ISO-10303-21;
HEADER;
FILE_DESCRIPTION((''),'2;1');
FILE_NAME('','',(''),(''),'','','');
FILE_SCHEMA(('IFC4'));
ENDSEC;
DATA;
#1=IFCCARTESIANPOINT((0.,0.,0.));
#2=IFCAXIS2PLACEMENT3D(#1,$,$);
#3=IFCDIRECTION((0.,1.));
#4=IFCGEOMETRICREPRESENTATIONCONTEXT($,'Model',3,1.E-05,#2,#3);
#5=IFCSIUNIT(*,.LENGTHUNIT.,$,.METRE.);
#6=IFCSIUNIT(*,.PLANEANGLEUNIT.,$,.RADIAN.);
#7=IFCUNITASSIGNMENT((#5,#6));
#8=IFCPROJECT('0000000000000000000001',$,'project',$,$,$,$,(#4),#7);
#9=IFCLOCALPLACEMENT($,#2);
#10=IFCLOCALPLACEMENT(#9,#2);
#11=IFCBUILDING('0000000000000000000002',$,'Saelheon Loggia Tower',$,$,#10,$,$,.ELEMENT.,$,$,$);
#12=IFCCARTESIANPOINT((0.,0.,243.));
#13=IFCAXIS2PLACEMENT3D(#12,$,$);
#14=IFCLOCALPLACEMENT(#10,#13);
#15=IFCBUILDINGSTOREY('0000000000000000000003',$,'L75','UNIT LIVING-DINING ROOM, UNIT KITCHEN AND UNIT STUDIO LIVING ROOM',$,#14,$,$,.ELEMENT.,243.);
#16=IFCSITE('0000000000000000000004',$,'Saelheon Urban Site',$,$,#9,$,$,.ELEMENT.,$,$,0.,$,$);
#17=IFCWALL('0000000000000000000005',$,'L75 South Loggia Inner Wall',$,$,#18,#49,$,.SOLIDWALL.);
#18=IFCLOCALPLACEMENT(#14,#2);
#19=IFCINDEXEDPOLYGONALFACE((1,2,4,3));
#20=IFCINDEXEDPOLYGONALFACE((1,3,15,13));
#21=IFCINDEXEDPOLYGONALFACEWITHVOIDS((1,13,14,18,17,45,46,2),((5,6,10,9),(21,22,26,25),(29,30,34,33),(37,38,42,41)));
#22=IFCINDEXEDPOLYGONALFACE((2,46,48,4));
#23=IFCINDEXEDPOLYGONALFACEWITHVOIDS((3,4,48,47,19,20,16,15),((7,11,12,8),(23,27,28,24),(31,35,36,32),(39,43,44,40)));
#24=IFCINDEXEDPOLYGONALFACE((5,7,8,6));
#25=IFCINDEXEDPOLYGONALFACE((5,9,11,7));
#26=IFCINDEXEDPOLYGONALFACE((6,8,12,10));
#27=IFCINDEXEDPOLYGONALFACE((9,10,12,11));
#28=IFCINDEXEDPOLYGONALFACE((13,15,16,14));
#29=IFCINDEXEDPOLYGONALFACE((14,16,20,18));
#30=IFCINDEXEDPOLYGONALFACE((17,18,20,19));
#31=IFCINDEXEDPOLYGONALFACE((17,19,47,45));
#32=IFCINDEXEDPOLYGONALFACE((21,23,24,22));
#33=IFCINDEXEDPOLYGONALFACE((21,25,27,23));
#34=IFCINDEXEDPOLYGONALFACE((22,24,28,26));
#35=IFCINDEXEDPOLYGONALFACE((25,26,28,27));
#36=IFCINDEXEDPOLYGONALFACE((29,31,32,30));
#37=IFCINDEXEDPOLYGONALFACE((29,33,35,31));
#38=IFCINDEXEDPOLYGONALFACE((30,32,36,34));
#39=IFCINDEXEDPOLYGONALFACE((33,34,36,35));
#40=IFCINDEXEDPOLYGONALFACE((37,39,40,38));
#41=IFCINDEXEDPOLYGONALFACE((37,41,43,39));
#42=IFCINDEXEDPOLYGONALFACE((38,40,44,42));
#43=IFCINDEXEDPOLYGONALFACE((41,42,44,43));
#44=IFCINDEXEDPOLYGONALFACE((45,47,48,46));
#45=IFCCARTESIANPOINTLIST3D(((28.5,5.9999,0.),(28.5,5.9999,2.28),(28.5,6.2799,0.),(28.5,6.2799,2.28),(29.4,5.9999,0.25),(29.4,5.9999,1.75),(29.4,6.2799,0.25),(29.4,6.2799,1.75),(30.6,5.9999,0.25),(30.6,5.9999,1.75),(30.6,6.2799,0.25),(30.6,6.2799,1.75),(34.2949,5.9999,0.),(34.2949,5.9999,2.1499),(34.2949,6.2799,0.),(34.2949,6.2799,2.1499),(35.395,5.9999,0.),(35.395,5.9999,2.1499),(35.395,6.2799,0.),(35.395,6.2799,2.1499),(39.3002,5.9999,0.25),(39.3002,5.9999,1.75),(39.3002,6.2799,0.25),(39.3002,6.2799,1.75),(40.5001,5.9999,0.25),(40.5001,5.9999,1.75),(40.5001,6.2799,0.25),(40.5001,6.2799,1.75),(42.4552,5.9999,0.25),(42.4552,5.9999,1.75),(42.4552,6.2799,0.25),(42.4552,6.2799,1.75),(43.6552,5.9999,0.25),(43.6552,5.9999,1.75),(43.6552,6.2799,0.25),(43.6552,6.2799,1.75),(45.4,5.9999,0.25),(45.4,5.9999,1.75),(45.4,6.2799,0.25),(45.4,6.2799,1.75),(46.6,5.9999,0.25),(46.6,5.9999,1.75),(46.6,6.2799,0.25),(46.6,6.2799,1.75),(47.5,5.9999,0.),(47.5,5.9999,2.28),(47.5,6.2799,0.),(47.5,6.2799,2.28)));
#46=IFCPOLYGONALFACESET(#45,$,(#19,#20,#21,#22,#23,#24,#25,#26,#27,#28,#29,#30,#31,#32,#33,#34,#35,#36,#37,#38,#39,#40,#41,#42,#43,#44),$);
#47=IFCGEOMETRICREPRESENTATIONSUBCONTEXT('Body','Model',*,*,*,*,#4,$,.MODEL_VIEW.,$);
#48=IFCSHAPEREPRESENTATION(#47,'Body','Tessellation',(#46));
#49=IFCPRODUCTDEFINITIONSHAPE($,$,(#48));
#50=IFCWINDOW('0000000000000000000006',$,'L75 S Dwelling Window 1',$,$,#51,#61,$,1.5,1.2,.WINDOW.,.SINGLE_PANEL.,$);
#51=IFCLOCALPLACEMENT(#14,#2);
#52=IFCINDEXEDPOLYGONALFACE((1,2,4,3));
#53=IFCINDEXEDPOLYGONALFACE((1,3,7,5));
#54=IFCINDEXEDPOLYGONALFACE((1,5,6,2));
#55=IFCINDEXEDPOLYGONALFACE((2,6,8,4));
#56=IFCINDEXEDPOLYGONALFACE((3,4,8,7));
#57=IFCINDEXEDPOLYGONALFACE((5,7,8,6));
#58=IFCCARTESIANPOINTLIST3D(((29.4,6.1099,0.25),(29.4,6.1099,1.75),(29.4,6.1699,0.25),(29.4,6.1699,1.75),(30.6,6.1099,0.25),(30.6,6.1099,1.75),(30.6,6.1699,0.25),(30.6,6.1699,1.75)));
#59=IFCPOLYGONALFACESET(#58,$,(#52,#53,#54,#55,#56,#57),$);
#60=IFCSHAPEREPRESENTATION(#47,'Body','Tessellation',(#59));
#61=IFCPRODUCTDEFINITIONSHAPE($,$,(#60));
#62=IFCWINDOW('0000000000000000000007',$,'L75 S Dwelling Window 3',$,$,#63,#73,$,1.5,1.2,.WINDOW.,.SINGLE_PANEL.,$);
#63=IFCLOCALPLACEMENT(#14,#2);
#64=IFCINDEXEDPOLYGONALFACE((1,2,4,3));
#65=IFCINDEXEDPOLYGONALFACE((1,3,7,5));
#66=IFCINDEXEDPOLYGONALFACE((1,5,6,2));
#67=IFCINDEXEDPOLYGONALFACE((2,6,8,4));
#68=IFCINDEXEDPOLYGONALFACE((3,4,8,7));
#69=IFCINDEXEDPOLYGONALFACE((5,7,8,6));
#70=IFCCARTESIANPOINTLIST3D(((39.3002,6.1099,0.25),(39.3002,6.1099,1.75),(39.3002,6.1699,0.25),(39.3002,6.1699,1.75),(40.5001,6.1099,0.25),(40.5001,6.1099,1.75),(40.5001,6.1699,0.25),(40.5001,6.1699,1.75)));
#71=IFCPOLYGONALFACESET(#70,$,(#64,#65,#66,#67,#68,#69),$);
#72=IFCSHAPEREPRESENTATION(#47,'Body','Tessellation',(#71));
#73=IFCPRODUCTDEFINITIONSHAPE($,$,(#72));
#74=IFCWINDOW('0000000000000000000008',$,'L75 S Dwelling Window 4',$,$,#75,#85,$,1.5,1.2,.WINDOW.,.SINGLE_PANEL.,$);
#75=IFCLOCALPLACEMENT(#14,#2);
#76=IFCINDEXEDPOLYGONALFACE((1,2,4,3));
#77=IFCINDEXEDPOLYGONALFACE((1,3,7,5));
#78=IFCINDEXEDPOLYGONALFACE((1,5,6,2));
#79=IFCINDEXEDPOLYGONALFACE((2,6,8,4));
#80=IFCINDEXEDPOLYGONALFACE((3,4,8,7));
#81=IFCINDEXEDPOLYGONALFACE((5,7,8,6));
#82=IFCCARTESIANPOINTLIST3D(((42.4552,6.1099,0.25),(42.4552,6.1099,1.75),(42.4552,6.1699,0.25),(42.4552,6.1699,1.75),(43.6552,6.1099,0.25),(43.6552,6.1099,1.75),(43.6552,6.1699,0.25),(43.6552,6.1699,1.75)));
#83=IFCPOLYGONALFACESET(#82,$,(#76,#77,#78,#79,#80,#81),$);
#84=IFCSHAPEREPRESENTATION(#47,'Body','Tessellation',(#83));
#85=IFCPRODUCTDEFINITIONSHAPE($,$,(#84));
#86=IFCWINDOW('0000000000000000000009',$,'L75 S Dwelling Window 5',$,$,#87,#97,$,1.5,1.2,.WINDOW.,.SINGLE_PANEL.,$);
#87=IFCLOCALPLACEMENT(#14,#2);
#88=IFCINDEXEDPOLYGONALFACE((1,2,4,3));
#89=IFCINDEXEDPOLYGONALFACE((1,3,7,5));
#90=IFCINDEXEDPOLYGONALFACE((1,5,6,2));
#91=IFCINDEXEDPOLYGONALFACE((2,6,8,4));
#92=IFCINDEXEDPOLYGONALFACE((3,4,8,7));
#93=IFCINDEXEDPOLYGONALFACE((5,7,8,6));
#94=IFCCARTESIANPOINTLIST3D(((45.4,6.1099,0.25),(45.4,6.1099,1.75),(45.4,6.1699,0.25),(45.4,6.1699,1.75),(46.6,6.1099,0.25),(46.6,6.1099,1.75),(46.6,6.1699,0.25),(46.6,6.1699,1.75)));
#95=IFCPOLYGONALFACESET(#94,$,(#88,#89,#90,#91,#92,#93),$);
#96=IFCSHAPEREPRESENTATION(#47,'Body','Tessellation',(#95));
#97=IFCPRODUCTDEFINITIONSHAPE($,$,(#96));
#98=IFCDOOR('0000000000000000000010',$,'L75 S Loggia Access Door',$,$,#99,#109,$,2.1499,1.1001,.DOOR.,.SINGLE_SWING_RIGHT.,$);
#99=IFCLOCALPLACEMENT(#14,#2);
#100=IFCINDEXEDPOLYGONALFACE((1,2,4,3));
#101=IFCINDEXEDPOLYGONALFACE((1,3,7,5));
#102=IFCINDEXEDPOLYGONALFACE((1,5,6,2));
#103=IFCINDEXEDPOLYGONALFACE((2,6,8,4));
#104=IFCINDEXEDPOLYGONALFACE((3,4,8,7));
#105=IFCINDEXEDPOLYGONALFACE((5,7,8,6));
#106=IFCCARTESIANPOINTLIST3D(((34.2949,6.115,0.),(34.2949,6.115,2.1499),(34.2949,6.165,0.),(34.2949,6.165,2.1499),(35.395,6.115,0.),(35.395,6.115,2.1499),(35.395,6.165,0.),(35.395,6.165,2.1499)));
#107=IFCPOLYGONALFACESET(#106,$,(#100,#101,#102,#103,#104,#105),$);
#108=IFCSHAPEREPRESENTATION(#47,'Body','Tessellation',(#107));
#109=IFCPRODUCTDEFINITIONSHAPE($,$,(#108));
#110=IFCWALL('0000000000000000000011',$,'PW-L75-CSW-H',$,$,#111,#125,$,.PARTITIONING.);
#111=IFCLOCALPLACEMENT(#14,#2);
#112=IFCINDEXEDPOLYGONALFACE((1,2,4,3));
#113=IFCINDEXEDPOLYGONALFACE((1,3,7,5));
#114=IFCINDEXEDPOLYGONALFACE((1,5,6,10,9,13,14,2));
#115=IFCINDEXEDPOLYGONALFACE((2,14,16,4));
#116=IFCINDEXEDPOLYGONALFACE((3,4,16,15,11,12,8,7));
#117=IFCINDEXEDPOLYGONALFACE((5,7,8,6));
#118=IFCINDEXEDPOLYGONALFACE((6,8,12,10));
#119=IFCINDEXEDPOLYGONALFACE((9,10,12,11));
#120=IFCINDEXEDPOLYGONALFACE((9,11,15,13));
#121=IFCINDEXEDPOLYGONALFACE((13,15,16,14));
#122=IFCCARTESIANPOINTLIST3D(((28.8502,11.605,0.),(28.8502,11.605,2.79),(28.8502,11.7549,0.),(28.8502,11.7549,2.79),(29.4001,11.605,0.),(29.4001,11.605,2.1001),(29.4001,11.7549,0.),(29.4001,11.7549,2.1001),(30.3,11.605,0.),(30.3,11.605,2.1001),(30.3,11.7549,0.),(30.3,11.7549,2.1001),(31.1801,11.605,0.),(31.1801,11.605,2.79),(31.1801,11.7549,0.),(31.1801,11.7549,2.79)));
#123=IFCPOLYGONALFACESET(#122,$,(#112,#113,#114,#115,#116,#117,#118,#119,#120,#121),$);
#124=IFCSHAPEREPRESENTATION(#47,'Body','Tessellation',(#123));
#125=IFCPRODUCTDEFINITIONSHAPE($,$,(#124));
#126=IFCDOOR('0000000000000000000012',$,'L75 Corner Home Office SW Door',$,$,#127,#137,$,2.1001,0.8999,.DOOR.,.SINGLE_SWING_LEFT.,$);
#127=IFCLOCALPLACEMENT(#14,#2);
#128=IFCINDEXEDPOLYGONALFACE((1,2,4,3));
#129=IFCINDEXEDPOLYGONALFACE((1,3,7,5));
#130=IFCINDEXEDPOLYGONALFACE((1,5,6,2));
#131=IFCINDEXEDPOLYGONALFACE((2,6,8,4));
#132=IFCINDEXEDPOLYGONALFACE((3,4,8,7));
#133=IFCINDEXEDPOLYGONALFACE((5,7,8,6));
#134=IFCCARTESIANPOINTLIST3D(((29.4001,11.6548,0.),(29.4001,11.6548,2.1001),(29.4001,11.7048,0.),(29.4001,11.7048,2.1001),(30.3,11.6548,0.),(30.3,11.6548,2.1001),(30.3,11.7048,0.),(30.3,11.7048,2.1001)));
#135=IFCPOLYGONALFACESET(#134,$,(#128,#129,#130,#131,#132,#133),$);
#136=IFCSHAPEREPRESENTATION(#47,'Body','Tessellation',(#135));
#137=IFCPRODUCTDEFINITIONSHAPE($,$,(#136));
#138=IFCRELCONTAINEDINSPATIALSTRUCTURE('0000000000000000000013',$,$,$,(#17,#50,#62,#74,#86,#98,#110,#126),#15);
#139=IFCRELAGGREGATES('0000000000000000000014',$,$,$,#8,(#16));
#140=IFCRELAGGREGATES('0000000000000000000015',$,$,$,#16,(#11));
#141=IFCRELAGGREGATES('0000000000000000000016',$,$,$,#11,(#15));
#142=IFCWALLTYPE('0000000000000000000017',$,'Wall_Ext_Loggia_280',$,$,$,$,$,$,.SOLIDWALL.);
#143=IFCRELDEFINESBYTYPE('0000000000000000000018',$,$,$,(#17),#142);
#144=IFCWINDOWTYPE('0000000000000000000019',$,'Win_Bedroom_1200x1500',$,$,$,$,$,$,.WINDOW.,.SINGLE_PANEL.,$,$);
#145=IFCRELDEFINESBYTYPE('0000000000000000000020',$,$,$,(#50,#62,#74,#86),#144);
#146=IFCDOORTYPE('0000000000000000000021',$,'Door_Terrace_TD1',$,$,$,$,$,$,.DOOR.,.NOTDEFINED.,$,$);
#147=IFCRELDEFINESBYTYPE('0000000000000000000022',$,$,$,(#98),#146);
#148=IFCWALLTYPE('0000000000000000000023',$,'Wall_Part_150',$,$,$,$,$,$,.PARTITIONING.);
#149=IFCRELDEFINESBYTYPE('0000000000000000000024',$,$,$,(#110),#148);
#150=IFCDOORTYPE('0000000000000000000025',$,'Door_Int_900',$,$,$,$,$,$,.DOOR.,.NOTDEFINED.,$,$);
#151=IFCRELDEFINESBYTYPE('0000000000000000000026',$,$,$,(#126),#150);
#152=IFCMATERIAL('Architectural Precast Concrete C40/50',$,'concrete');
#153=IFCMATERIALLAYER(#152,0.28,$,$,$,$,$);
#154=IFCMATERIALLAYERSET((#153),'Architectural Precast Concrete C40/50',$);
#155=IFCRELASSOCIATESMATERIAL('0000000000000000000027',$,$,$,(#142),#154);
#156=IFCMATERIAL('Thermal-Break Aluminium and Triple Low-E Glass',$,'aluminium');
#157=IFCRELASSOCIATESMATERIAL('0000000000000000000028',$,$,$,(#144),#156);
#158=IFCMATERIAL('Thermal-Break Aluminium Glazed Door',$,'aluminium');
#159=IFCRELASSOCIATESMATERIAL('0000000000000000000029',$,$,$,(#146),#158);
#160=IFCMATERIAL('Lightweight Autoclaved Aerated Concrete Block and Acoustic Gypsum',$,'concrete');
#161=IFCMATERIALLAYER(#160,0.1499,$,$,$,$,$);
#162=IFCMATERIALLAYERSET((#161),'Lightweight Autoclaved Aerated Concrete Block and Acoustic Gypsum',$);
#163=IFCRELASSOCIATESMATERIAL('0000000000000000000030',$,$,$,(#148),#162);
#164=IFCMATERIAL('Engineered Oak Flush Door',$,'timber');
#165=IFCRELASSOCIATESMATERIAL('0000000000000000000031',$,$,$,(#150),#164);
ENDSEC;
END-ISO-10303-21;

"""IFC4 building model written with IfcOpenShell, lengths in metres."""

from ifc_helpers import new_model, si_unit, direction, frame, frame_2d, origin, place, context, subcontext, project, spatial, rectangle, extrude, source, transform, mapped, material, layer, layer_set, type_object, element, fill, save


model = new_model("IFC4")

# Units and contexts
model_context = context("Model", 3, precision=1e-05, world=origin(), true_north=direction((0.0, 1.0)))
body_context = subcontext(model_context, "Body", "Model", "MODEL_VIEW")
ifc_project = project(units=[si_unit("LENGTHUNIT", "METRE"), si_unit("PLANEANGLEUNIT", "RADIAN")], contexts=[model_context])

# Site, building, storey
site_placement = place(None, origin())
site = spatial("IfcSite", under=ifc_project, at=site_placement, Name="Saelheon Urban Site", CompositionType="ELEMENT", RefElevation=0.0)
building_placement = place(site_placement, origin())
building = spatial("IfcBuilding", under=site, at=building_placement, Name="Saelheon Loggia Tower", CompositionType="ELEMENT")
storey_placement = place(building_placement, frame((0.0, 0.0, 243.0)))
storey = spatial("IfcBuildingStorey", under=building, at=storey_placement, Name="L75", Description="UNIT LIVING-DINING ROOM, UNIT KITCHEN AND UNIT STUDIO LIVING ROOM", CompositionType="ELEMENT", Elevation=243.0)

# Wall, openings, windows, door
ifc_material_1 = material(Name="Architectural Precast Concrete C40/50", Category="concrete")
ifc_layer_1 = layer(ifc_material_1, 0.28)
ifc_layer_set_1 = layer_set([ifc_layer_1], Name="Architectural Precast Concrete C40/50")
wall_type_1 = type_object("IfcWallType", Name="Wall_Ext_Loggia_280", PredefinedType="SOLIDWALL", material=ifc_layer_set_1)
wall_1_placement = place(storey_placement, frame((28.5, 6.1399, 0.0), z_axis=(0.0, 0.0, 1.0), x_axis=(1.0, 0.0, 0.0)))
wall_1 = element("IfcWall", 1, at=wall_1_placement, inside=storey, type_object=wall_type_1, Name="L75 South Loggia Inner Wall", PredefinedType="SOLIDWALL", context=body_context, shape_type="SweptSolid", body=[
    extrude(rectangle(XDim=19.0, YDim=0.28, at=frame_2d((9.5, 0.0))), origin(), (0.0, 0.0, 1.0), 2.28),
])
opening_1_placement = place(wall_1_placement, frame((0.8999, 0.0, 0.25)))
opening_1 = element("IfcOpeningElement", 2, at=opening_1_placement, cuts=wall_1, PredefinedType="OPENING", context=body_context, shape_type="SweptSolid", body=[
    extrude(rectangle(XDim=1.2, YDim=1.5, at=frame_2d((0.6001, 0.75))), frame((0.0, 0.1521, 0.0), z_axis=(0.0, -1.0, 0.0), x_axis=(1.0, 0.0, 0.0)), (0.0, 0.0, 1.0), 0.304),
])
opening_2_placement = place(wall_1_placement, frame((6.895, 0.0, 0.0), z_axis=(0.0, 0.0, 1.0), x_axis=(-1.0, 0.0, 0.0)))
opening_2 = element("IfcOpeningElement", 3, at=opening_2_placement, cuts=wall_1, PredefinedType="OPENING", context=body_context, shape_type="SweptSolid", body=[
    extrude(rectangle(XDim=1.1001, YDim=2.1499, at=frame_2d((0.55, 1.075))), frame((0.0, 0.1521, 0.0), z_axis=(0.0, -1.0, 0.0), x_axis=(1.0, 0.0, 0.0)), (0.0, 0.0, 1.0), 0.304),
])
opening_3_placement = place(wall_1_placement, frame((10.8, 0.0, 0.25)))
opening_3 = element("IfcOpeningElement", 4, at=opening_3_placement, cuts=wall_1, PredefinedType="OPENING", context=body_context, shape_type="SweptSolid", body=[
    extrude(rectangle(XDim=1.2, YDim=1.5, at=frame_2d((0.6001, 0.75))), frame((0.0, 0.1521, 0.0), z_axis=(0.0, -1.0, 0.0), x_axis=(1.0, 0.0, 0.0)), (0.0, 0.0, 1.0), 0.304),
])
opening_4_placement = place(wall_1_placement, frame((13.9551, 0.0, 0.25)))
opening_4 = element("IfcOpeningElement", 5, at=opening_4_placement, cuts=wall_1, PredefinedType="OPENING", context=body_context, shape_type="SweptSolid", body=[
    extrude(rectangle(XDim=1.2, YDim=1.5, at=frame_2d((0.6001, 0.75))), frame((0.0, 0.1521, 0.0), z_axis=(0.0, -1.0, 0.0), x_axis=(1.0, 0.0, 0.0)), (0.0, 0.0, 1.0), 0.304),
])
opening_5_placement = place(wall_1_placement, frame((16.8999, 0.0, 0.25)))
opening_5 = element("IfcOpeningElement", 6, at=opening_5_placement, cuts=wall_1, PredefinedType="OPENING", context=body_context, shape_type="SweptSolid", body=[
    extrude(rectangle(XDim=1.2, YDim=1.5, at=frame_2d((0.6001, 0.75))), frame((0.0, 0.1521, 0.0), z_axis=(0.0, -1.0, 0.0), x_axis=(1.0, 0.0, 0.0)), (0.0, 0.0, 1.0), 0.304),
])
ifc_material_2 = material(Name="Thermal-Break Aluminium and Triple Low-E Glass", Category="aluminium")
window_type = type_object("IfcWindowType", Name="Win_Bedroom_1200x1500", PartitioningType="SINGLE_PANEL", PredefinedType="WINDOW", material=ifc_material_2)
shared_shape_1 = source(origin(), body_context, "Body", "SweptSolid", [
    extrude(rectangle(XDim=1.2, YDim=1.5, at=frame_2d((0.6001, 0.75))), frame((0.0, 0.03, 0.0), z_axis=(0.0, -1.0, 0.0), x_axis=(1.0, 0.0, 0.0)), (0.0, 0.0, 1.0), 0.0601),
])
window_1_placement = place(opening_1_placement, origin())
window_1 = element("IfcWindow", 7, at=window_1_placement, inside=storey, type_object=window_type, Name="L75 S Dwelling Window 1", OverallHeight=1.5, OverallWidth=1.2, PartitioningType="SINGLE_PANEL", PredefinedType="WINDOW", context=body_context, shape_type="MappedRepresentation", body=[
    mapped(shared_shape_1, transform((0.0, 0.0, 0.0), scale=1.0)),
])
fill(opening_1, window_1)
window_2_placement = place(opening_3_placement, origin())
window_2 = element("IfcWindow", 8, at=window_2_placement, inside=storey, type_object=window_type, Name="L75 S Dwelling Window 3", OverallHeight=1.5, OverallWidth=1.2, PartitioningType="SINGLE_PANEL", PredefinedType="WINDOW", context=body_context, shape_type="MappedRepresentation", body=[
    mapped(shared_shape_1, transform((0.0, 0.0, 0.0), scale=1.0)),
])
fill(opening_3, window_2)
window_3_placement = place(opening_4_placement, origin())
window_3 = element("IfcWindow", 9, at=window_3_placement, inside=storey, type_object=window_type, Name="L75 S Dwelling Window 4", OverallHeight=1.5, OverallWidth=1.2, PartitioningType="SINGLE_PANEL", PredefinedType="WINDOW", context=body_context, shape_type="MappedRepresentation", body=[
    mapped(shared_shape_1, transform((0.0, 0.0, 0.0), scale=1.0)),
])
fill(opening_4, window_3)
window_4_placement = place(opening_5_placement, origin())
window_4 = element("IfcWindow", 10, at=window_4_placement, inside=storey, type_object=window_type, Name="L75 S Dwelling Window 5", OverallHeight=1.5, OverallWidth=1.2, PartitioningType="SINGLE_PANEL", PredefinedType="WINDOW", context=body_context, shape_type="MappedRepresentation", body=[
    mapped(shared_shape_1, transform((0.0, 0.0, 0.0), scale=1.0)),
])
fill(opening_5, window_4)
ifc_material_3 = material(Name="Thermal-Break Aluminium Glazed Door", Category="aluminium")
door_type_1 = type_object("IfcDoorType", Name="Door_Terrace_TD1", OperationType="NOTDEFINED", PredefinedType="DOOR", material=ifc_material_3)
shared_shape_2 = source(origin(), body_context, "Body", "SweptSolid", [
    extrude(rectangle(XDim=1.1001, YDim=2.1499, at=frame_2d((0.55, 1.075))), frame((0.0, 0.0249, 0.0), z_axis=(0.0, -1.0, 0.0), x_axis=(1.0, 0.0, 0.0)), (0.0, 0.0, 1.0), 0.05),
])
door_1_placement = place(opening_2_placement, origin())
door_1 = element("IfcDoor", 11, at=door_1_placement, inside=storey, type_object=door_type_1, Name="L75 S Loggia Access Door", OperationType="SINGLE_SWING_RIGHT", OverallHeight=2.1499, OverallWidth=1.1001, PredefinedType="DOOR", context=body_context, shape_type="MappedRepresentation", body=[
    mapped(shared_shape_2, transform((0.0, 0.0, 0.0), scale=1.0)),
])
fill(opening_2, door_1)

# Wall, opening, door
ifc_material_4 = material(Name="Lightweight Autoclaved Aerated Concrete Block and Acoustic Gypsum", Category="concrete")
ifc_layer_2 = layer(ifc_material_4, 0.1499)
ifc_layer_set_2 = layer_set([ifc_layer_2], Name="Lightweight Autoclaved Aerated Concrete Block and Acoustic Gypsum")
wall_type_2 = type_object("IfcWallType", Name="Wall_Part_150", PredefinedType="PARTITIONING", material=ifc_layer_set_2)
wall_2_placement = place(storey_placement, frame((28.8501, 11.6799, 0.0), z_axis=(0.0, 0.0, 1.0), x_axis=(1.0, 0.0, 0.0)))
wall_2 = element("IfcWall", 12, at=wall_2_placement, inside=storey, type_object=wall_type_2, Name="PW-L75-CSW-H", PredefinedType="PARTITIONING", context=body_context, shape_type="SweptSolid", body=[
    extrude(rectangle(XDim=2.3298, YDim=0.1499, at=frame_2d((1.165, 0.0))), origin(), (0.0, 0.0, 1.0), 2.79),
])
opening_6_placement = place(wall_2_placement, frame((0.55, 0.0, 0.0)))
opening_6 = element("IfcOpeningElement", 13, at=opening_6_placement, cuts=wall_2, PredefinedType="OPENING", context=body_context, shape_type="SweptSolid", body=[
    extrude(rectangle(XDim=0.8999, YDim=2.1001, at=frame_2d((0.45, 1.05))), frame((0.0, 0.0869, 0.0), z_axis=(0.0, -1.0, 0.0), x_axis=(1.0, 0.0, 0.0)), (0.0, 0.0, 1.0), 0.1738),
])
ifc_material_5 = material(Name="Engineered Oak Flush Door", Category="timber")
door_type_2 = type_object("IfcDoorType", Name="Door_Int_900", OperationType="NOTDEFINED", PredefinedType="DOOR", material=ifc_material_5)
shared_shape_3 = source(origin(), body_context, "Body", "SweptSolid", [
    extrude(rectangle(XDim=0.8999, YDim=2.1001, at=frame_2d((0.45, 1.05))), frame((0.0, 0.0249, 0.0), z_axis=(0.0, -1.0, 0.0), x_axis=(1.0, 0.0, 0.0)), (0.0, 0.0, 1.0), 0.05),
])
door_2_placement = place(opening_6_placement, origin())
door_2 = element("IfcDoor", 14, at=door_2_placement, inside=storey, type_object=door_type_2, Name="L75 Corner Home Office SW Door", OperationType="SINGLE_SWING_LEFT", OverallHeight=2.1001, OverallWidth=0.8999, PredefinedType="DOOR", context=body_context, shape_type="MappedRepresentation", body=[
    mapped(shared_shape_3, transform((0.0, 0.0, 0.0), scale=1.0)),
])
fill(opening_6, door_2)

save(model, "model.ifc")
